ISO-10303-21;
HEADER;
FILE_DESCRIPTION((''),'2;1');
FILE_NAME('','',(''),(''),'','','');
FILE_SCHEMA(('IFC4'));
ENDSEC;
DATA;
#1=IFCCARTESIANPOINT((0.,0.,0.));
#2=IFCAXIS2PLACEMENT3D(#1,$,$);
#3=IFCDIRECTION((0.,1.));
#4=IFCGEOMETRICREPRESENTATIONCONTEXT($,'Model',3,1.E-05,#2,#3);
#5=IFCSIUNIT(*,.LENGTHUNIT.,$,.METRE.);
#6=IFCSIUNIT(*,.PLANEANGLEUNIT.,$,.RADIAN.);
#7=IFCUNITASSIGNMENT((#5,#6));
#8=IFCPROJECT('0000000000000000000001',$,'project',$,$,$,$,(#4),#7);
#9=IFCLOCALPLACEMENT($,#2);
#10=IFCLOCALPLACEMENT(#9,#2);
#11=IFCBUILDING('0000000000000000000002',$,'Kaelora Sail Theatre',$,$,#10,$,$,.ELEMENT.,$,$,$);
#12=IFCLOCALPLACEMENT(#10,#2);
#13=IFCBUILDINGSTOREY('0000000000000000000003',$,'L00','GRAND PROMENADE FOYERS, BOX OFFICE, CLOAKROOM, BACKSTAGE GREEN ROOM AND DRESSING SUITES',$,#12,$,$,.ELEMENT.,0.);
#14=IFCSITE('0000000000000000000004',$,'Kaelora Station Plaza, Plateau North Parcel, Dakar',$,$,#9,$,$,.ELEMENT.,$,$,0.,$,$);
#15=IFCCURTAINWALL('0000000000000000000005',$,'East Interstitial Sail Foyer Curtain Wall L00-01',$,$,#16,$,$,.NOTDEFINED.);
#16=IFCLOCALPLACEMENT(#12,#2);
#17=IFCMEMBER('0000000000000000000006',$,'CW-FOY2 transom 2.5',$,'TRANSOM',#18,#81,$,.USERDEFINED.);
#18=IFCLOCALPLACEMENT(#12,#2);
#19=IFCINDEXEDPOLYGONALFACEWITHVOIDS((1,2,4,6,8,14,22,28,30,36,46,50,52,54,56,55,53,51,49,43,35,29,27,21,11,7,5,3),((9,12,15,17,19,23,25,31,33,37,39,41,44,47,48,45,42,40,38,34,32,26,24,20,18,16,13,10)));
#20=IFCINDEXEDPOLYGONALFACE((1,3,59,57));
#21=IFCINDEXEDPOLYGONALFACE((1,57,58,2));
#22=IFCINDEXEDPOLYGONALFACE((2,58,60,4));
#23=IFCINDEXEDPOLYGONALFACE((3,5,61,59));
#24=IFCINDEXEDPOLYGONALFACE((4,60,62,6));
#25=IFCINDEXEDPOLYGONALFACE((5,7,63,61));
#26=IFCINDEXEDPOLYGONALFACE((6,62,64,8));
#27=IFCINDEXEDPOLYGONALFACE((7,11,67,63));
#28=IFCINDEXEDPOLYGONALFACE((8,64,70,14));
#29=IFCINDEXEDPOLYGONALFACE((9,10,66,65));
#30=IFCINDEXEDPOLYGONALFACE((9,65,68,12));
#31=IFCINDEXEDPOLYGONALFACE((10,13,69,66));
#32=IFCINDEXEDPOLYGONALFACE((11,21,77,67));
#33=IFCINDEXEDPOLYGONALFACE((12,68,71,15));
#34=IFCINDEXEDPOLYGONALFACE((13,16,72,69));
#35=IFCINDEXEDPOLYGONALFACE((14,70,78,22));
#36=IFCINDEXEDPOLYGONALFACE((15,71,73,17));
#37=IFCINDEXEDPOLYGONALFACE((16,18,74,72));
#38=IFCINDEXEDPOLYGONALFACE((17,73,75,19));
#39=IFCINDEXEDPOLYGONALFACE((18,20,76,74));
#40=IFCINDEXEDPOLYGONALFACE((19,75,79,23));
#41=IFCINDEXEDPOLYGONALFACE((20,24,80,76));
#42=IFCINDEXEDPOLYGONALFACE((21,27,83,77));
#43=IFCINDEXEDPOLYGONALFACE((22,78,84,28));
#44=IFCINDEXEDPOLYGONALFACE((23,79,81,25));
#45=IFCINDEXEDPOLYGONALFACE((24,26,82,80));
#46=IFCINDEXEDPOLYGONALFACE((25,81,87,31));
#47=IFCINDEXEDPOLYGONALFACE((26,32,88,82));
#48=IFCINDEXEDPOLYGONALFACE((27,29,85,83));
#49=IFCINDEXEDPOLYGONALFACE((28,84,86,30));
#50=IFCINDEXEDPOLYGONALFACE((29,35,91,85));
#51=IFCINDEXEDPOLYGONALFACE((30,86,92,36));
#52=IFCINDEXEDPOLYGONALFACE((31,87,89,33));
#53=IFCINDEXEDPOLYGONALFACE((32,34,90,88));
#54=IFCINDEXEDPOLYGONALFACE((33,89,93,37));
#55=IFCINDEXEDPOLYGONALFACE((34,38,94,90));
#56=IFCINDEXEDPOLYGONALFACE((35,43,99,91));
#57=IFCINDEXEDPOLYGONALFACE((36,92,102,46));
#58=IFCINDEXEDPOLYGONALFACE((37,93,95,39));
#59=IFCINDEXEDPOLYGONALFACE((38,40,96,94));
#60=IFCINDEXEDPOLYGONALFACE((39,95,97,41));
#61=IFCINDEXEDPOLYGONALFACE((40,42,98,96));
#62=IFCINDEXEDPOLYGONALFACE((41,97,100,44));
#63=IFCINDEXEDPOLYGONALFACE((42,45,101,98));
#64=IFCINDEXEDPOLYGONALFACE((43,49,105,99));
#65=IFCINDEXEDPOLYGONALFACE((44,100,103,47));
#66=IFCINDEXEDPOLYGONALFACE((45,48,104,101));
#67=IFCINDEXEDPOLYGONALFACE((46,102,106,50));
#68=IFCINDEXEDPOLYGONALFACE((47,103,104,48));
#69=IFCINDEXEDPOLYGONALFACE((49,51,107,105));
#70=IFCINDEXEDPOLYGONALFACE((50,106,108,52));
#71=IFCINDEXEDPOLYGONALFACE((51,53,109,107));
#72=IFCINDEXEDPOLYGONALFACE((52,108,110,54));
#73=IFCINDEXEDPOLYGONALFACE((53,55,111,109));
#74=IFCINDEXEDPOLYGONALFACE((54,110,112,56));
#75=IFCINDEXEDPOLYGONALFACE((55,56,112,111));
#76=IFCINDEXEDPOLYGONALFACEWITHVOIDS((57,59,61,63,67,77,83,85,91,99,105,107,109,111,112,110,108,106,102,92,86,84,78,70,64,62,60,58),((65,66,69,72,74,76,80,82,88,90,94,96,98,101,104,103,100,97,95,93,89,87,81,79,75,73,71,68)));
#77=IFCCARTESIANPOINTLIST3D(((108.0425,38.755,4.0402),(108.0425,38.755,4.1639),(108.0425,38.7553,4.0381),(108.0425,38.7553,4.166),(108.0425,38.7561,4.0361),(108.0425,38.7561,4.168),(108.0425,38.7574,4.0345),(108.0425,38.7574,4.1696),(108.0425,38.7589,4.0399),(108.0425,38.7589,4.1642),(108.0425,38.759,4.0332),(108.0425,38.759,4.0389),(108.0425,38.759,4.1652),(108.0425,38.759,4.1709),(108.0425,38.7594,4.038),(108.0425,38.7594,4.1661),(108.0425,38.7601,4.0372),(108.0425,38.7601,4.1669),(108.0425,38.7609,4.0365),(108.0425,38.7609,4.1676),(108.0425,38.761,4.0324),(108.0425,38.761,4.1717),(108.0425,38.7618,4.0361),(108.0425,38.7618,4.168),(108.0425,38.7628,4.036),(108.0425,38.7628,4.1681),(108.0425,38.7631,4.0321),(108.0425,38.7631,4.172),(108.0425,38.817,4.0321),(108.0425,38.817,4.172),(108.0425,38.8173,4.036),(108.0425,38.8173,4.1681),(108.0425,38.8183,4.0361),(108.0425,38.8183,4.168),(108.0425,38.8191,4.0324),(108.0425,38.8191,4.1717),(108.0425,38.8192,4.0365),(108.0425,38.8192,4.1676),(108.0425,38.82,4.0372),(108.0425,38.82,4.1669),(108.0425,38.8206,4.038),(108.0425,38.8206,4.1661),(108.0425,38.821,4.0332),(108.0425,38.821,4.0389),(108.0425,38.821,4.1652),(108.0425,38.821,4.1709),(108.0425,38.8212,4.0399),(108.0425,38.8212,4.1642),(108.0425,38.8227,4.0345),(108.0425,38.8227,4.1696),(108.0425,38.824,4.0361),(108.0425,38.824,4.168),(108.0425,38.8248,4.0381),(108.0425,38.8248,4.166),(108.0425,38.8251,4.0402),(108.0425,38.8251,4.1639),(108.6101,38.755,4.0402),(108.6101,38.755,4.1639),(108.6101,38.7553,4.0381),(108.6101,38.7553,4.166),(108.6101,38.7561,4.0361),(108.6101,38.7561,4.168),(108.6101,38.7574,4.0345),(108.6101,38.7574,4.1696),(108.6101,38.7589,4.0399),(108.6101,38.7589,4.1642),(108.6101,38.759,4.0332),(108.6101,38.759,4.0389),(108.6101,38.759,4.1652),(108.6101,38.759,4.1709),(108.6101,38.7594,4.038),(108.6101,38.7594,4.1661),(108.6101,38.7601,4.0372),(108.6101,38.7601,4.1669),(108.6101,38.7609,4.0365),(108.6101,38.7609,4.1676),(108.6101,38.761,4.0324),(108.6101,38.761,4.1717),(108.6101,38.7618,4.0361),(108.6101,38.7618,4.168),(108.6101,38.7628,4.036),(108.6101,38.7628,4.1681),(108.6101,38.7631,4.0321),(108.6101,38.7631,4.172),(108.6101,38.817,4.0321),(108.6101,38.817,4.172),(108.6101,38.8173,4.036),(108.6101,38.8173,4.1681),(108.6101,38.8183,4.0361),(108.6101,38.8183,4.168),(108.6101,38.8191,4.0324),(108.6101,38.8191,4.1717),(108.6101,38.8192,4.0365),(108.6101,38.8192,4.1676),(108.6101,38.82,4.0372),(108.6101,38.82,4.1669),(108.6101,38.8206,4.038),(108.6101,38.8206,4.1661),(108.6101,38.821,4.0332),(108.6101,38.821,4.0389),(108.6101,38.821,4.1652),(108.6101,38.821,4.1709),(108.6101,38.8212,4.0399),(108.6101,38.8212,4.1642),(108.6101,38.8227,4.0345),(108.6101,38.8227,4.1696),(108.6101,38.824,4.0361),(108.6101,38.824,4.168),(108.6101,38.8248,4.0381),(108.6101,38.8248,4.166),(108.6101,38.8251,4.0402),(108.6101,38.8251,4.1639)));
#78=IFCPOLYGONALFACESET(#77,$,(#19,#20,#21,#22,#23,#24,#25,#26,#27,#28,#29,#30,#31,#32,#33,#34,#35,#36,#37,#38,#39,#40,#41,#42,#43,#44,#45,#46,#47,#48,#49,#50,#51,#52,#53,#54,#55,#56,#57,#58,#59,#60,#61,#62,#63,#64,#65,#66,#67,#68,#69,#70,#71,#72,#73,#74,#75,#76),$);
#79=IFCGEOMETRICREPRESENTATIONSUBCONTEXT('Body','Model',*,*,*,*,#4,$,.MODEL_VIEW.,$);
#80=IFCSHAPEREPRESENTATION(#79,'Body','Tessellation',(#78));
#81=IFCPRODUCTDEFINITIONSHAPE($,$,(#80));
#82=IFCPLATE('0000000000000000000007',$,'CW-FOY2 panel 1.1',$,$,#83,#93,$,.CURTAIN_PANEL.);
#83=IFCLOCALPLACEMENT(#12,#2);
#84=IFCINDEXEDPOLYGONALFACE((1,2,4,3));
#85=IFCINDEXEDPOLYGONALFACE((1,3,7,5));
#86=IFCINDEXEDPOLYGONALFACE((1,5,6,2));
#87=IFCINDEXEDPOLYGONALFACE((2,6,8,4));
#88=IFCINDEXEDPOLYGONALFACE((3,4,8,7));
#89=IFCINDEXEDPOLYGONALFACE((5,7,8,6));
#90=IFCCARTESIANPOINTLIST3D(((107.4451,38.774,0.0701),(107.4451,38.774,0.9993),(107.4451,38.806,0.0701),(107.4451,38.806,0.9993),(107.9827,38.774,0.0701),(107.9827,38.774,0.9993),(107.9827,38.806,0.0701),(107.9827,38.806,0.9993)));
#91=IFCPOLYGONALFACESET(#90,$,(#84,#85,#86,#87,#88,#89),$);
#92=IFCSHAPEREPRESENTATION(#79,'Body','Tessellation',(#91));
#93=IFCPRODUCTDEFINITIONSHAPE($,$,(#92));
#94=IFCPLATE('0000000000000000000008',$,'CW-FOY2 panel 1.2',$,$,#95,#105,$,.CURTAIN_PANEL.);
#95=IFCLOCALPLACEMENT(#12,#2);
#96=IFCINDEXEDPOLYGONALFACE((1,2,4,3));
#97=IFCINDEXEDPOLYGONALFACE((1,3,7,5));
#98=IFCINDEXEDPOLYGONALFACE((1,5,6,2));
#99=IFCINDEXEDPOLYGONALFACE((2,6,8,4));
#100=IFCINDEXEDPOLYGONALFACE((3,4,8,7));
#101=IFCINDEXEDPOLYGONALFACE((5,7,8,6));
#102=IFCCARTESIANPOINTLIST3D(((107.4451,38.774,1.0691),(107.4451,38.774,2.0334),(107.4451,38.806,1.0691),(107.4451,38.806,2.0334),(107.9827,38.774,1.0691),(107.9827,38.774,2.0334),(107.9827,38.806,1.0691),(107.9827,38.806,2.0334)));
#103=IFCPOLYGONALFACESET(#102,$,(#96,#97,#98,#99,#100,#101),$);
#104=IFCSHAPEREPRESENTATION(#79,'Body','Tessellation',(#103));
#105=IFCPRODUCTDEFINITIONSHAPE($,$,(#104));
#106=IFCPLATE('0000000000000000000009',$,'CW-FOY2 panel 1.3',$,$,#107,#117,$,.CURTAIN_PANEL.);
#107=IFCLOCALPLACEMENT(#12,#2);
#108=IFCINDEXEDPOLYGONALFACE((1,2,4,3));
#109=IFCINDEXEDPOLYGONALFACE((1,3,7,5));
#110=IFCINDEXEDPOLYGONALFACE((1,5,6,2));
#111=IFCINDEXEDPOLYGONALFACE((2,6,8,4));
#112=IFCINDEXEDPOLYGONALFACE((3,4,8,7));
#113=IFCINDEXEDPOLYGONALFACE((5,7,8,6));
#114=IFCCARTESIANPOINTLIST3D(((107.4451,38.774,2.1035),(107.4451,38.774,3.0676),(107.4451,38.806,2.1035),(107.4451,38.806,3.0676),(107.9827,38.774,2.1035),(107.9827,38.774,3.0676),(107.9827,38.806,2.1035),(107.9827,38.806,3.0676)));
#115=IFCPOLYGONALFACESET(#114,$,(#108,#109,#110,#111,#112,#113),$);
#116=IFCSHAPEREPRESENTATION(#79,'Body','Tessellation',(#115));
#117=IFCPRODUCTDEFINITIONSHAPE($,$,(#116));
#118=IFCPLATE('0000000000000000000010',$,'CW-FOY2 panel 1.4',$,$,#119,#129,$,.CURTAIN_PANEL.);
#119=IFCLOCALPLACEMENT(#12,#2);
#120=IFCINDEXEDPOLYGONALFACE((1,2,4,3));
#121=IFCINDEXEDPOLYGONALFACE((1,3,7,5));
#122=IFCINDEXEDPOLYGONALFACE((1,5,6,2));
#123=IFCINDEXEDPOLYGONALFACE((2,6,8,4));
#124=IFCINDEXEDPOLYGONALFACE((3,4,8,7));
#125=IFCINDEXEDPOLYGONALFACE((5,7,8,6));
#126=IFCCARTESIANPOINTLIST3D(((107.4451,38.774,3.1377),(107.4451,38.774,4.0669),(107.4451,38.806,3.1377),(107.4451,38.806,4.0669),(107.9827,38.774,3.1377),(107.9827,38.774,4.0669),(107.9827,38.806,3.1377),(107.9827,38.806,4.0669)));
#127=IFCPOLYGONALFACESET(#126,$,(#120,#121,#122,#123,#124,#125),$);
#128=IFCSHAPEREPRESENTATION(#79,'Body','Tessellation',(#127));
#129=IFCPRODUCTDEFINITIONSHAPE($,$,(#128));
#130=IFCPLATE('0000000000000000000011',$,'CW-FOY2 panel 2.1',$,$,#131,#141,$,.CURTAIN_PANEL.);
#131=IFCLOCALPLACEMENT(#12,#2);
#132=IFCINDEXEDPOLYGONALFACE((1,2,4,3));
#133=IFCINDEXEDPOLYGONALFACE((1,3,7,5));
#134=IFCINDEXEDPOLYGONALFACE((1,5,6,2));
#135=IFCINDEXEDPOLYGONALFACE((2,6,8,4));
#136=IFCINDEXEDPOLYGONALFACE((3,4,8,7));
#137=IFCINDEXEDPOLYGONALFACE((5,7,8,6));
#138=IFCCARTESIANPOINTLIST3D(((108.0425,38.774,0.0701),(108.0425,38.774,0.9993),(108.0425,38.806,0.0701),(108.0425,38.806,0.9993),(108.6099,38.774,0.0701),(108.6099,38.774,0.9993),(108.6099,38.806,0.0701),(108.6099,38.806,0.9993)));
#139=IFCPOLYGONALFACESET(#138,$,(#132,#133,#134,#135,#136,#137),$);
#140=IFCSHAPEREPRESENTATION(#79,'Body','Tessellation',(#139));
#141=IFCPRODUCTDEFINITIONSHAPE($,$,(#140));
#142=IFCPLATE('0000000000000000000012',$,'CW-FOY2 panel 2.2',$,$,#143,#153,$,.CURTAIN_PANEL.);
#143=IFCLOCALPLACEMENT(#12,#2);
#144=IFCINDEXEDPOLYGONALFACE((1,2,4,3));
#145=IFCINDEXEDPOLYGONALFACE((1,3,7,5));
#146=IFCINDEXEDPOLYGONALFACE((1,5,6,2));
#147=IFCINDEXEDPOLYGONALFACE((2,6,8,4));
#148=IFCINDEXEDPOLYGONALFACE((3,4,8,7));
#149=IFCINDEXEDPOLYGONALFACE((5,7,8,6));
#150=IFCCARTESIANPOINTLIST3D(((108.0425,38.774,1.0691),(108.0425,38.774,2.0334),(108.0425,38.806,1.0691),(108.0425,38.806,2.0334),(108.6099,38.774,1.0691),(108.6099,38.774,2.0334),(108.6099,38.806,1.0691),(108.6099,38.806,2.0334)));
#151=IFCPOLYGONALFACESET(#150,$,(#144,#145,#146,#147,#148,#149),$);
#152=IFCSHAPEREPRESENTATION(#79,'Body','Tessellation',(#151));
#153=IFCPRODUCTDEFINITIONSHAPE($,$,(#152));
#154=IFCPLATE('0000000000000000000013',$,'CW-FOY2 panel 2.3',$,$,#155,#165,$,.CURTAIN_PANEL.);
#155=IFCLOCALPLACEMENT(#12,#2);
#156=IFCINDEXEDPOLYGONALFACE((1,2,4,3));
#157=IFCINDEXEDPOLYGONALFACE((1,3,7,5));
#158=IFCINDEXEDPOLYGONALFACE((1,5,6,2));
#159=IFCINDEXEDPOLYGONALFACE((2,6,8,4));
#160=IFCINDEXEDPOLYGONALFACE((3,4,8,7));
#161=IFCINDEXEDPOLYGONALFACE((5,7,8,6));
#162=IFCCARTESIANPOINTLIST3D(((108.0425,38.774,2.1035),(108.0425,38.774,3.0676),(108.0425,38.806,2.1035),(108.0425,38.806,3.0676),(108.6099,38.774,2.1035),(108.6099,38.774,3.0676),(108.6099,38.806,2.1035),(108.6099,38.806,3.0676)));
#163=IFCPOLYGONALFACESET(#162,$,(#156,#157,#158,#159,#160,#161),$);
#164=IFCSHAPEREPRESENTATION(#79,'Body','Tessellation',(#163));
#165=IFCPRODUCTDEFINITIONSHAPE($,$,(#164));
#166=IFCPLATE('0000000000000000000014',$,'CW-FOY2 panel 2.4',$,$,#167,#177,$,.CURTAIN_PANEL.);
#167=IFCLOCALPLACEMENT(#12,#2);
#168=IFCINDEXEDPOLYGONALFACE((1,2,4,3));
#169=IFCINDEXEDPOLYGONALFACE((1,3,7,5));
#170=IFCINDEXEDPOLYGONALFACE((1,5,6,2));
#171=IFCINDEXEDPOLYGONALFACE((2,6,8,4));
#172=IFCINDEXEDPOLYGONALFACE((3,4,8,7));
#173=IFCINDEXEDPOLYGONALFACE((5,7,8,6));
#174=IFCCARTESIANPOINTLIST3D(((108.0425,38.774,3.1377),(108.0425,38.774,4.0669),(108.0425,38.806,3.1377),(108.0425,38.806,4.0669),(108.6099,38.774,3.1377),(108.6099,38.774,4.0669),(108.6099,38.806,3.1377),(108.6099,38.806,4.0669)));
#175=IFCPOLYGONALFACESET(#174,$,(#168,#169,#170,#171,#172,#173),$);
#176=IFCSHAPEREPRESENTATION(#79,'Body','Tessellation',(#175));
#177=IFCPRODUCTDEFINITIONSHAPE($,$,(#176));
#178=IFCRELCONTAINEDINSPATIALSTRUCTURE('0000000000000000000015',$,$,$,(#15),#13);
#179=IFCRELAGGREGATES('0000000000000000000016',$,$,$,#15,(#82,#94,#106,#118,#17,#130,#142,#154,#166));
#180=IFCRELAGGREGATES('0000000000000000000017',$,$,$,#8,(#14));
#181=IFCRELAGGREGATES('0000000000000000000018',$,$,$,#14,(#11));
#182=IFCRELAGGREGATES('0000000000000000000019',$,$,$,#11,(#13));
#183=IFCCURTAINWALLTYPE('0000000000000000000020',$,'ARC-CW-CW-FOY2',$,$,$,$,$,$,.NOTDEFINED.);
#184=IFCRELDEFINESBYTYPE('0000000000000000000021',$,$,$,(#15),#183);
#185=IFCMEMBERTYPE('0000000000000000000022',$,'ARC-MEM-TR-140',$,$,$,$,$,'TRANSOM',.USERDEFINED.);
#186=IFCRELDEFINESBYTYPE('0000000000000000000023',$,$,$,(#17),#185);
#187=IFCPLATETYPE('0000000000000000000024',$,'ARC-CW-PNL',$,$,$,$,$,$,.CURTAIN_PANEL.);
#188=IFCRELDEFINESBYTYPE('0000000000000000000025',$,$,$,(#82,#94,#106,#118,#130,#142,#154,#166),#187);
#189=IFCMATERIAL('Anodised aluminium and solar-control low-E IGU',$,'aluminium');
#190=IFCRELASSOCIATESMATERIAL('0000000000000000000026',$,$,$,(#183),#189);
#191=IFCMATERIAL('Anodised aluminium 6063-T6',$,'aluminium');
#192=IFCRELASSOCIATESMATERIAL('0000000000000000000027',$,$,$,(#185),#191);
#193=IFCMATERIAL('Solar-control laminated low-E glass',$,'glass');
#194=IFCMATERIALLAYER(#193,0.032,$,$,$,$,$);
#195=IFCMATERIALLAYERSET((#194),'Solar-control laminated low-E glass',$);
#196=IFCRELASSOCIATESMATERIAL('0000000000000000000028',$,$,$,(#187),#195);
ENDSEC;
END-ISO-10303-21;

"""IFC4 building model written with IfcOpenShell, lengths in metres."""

from ifc_helpers import new_model, si_unit, direction, frame, origin, origin_2d, place, context, subcontext, project, spatial, rectangle, hollow_rectangle, extrude, material, layer, layer_set, material_profile, profile_set, type_object, element, aggregate, save


model = new_model("IFC4")

# Units and contexts
model_context = context("Model", 3, precision=1e-05, world=origin(), true_north=direction((0.0, 1.0)))
body_context = subcontext(model_context, "Body", "Model", "MODEL_VIEW")
ifc_project = project(units=[si_unit("LENGTHUNIT", "METRE"), si_unit("PLANEANGLEUNIT", "RADIAN")], contexts=[model_context])

# Site, building, storey
site_placement = place(None, origin())
site = spatial("IfcSite", under=ifc_project, at=site_placement, Name="Kaelora Station Plaza, Plateau North Parcel, Dakar", CompositionType="ELEMENT", RefElevation=0.0)
building_placement = place(site_placement, origin())
building = spatial("IfcBuilding", under=site, at=building_placement, Name="Kaelora Sail Theatre", CompositionType="ELEMENT")
storey_placement = place(building_placement, origin())
storey = spatial("IfcBuildingStorey", under=building, at=storey_placement, Name="L00", Description="GRAND PROMENADE FOYERS, BOX OFFICE, CLOAKROOM, BACKSTAGE GREEN ROOM AND DRESSING SUITES", CompositionType="ELEMENT", Elevation=0.0)

# Curtain wall, member, plates
ifc_material_1 = material(Name="Anodised aluminium and solar-control low-E IGU", Category="aluminium")
curtain_wall_type = type_object("IfcCurtainWallType", Name="ARC-CW-CW-FOY2", PredefinedType="NOTDEFINED", material=ifc_material_1)
curtain_wall_placement = place(storey_placement, origin())
curtain_wall = element("IfcCurtainWall", 1, at=curtain_wall_placement, inside=storey, type_object=curtain_wall_type, Name="East Interstitial Sail Foyer Curtain Wall L00-01", PredefinedType="NOTDEFINED")
ifc_material_2 = material(Name="Anodised aluminium 6063-T6", Category="aluminium")
ifc_material_profile_1 = material_profile(ifc_material_2, hollow_rectangle(XDim=0.0701, YDim=0.1399, WallThickness=0.0039, InnerFilletRadius=0.0039, OuterFilletRadius=0.0081, at=origin_2d()), Name="ALU-TRAN 70x140x4")
ifc_profile_set_1 = profile_set([ifc_material_profile_1], Name="Anodised aluminium 6063-T6")
member_type_1 = type_object("IfcMemberType", Name="ARC-MEM-TR-140", ElementType="TRANSOM", PredefinedType="USERDEFINED", material=ifc_profile_set_1)
member_1_placement = place(storey_placement, frame((108.0425, 38.79, 4.1021), z_axis=(1.0, 0.0, 0.0), x_axis=(0.0, 1.0, 0.0)))
member_1 = element("IfcMember", 2, at=member_1_placement, type_object=member_type_1, Name="CW-FOY2 transom 2.5", ObjectType="TRANSOM", PredefinedType="USERDEFINED", context=body_context, shape_type="SweptSolid", body=[
    extrude(hollow_rectangle(XDim=0.0701, YDim=0.1399, WallThickness=0.0039, InnerFilletRadius=0.0039, OuterFilletRadius=0.0081, at=origin_2d()), origin(), (0.0, 0.0, 1.0), 0.5676),
])
ifc_material_3 = material(Name="Solar-control laminated low-E glass", Category="glass")
ifc_layer = layer(ifc_material_3, 0.032)
ifc_layer_set = layer_set([ifc_layer], Name="Solar-control laminated low-E glass")
plate_type = type_object("IfcPlateType", Name="ARC-CW-PNL", PredefinedType="CURTAIN_PANEL", material=ifc_layer_set)
plate_1_placement = place(storey_placement, frame((107.7139, 38.79, 0.0701), z_axis=(0.0, 0.0, 1.0), x_axis=(1.0, 0.0, 0.0)))
plate_1 = element("IfcPlate", 3, at=plate_1_placement, type_object=plate_type, Name="CW-FOY2 panel 1.1", PredefinedType="CURTAIN_PANEL", context=body_context, shape_type="SweptSolid", body=[
    extrude(rectangle(XDim=0.5376, YDim=0.032, at=origin_2d()), origin(), (0.0, 0.0, 1.0), 0.9292),
])
plate_2_placement = place(storey_placement, frame((107.7139, 38.79, 1.0691), z_axis=(0.0, 0.0, 1.0), x_axis=(1.0, 0.0, 0.0)))
plate_2 = element("IfcPlate", 4, at=plate_2_placement, type_object=plate_type, Name="CW-FOY2 panel 1.2", PredefinedType="CURTAIN_PANEL", context=body_context, shape_type="SweptSolid", body=[
    extrude(rectangle(XDim=0.5376, YDim=0.032, at=origin_2d()), origin(), (0.0, 0.0, 1.0), 0.9644),
])
plate_3_placement = place(storey_placement, frame((107.7139, 38.79, 2.1035), z_axis=(0.0, 0.0, 1.0), x_axis=(1.0, 0.0, 0.0)))
plate_3 = element("IfcPlate", 5, at=plate_3_placement, type_object=plate_type, Name="CW-FOY2 panel 1.3", PredefinedType="CURTAIN_PANEL", context=body_context, shape_type="SweptSolid", body=[
    extrude(rectangle(XDim=0.5376, YDim=0.032, at=origin_2d()), origin(), (0.0, 0.0, 1.0), 0.9641),
])
plate_4_placement = place(storey_placement, frame((107.7139, 38.79, 3.1377), z_axis=(0.0, 0.0, 1.0), x_axis=(1.0, 0.0, 0.0)))
plate_4 = element("IfcPlate", 6, at=plate_4_placement, type_object=plate_type, Name="CW-FOY2 panel 1.4", PredefinedType="CURTAIN_PANEL", context=body_context, shape_type="SweptSolid", body=[
    extrude(rectangle(XDim=0.5376, YDim=0.032, at=origin_2d()), origin(), (0.0, 0.0, 1.0), 0.9292),
])
plate_5_placement = place(storey_placement, frame((108.3262, 38.79, 0.0701), z_axis=(0.0, 0.0, 1.0), x_axis=(1.0, 0.0, 0.0)))
plate_5 = element("IfcPlate", 7, at=plate_5_placement, type_object=plate_type, Name="CW-FOY2 panel 2.1", PredefinedType="CURTAIN_PANEL", context=body_context, shape_type="SweptSolid", body=[
    extrude(rectangle(XDim=0.5674, YDim=0.032, at=origin_2d()), origin(), (0.0, 0.0, 1.0), 0.9292),
])
plate_6_placement = place(storey_placement, frame((108.3262, 38.79, 1.0691), z_axis=(0.0, 0.0, 1.0), x_axis=(1.0, 0.0, 0.0)))
plate_6 = element("IfcPlate", 8, at=plate_6_placement, type_object=plate_type, Name="CW-FOY2 panel 2.2", PredefinedType="CURTAIN_PANEL", context=body_context, shape_type="SweptSolid", body=[
    extrude(rectangle(XDim=0.5674, YDim=0.032, at=origin_2d()), origin(), (0.0, 0.0, 1.0), 0.9644),
])
plate_7_placement = place(storey_placement, frame((108.3262, 38.79, 2.1035), z_axis=(0.0, 0.0, 1.0), x_axis=(1.0, 0.0, 0.0)))
plate_7 = element("IfcPlate", 9, at=plate_7_placement, type_object=plate_type, Name="CW-FOY2 panel 2.3", PredefinedType="CURTAIN_PANEL", context=body_context, shape_type="SweptSolid", body=[
    extrude(rectangle(XDim=0.5674, YDim=0.032, at=origin_2d()), origin(), (0.0, 0.0, 1.0), 0.9641),
])
plate_8_placement = place(storey_placement, frame((108.3262, 38.79, 3.1377), z_axis=(0.0, 0.0, 1.0), x_axis=(1.0, 0.0, 0.0)))
plate_8 = element("IfcPlate", 10, at=plate_8_placement, type_object=plate_type, Name="CW-FOY2 panel 2.4", PredefinedType="CURTAIN_PANEL", context=body_context, shape_type="SweptSolid", body=[
    extrude(rectangle(XDim=0.5674, YDim=0.032, at=origin_2d()), origin(), (0.0, 0.0, 1.0), 0.9292),
])
aggregate(curtain_wall, [plate_1, plate_2, plate_3, plate_4, member_1, plate_5, plate_6, plate_7, plate_8])

save(model, "model.ifc")
